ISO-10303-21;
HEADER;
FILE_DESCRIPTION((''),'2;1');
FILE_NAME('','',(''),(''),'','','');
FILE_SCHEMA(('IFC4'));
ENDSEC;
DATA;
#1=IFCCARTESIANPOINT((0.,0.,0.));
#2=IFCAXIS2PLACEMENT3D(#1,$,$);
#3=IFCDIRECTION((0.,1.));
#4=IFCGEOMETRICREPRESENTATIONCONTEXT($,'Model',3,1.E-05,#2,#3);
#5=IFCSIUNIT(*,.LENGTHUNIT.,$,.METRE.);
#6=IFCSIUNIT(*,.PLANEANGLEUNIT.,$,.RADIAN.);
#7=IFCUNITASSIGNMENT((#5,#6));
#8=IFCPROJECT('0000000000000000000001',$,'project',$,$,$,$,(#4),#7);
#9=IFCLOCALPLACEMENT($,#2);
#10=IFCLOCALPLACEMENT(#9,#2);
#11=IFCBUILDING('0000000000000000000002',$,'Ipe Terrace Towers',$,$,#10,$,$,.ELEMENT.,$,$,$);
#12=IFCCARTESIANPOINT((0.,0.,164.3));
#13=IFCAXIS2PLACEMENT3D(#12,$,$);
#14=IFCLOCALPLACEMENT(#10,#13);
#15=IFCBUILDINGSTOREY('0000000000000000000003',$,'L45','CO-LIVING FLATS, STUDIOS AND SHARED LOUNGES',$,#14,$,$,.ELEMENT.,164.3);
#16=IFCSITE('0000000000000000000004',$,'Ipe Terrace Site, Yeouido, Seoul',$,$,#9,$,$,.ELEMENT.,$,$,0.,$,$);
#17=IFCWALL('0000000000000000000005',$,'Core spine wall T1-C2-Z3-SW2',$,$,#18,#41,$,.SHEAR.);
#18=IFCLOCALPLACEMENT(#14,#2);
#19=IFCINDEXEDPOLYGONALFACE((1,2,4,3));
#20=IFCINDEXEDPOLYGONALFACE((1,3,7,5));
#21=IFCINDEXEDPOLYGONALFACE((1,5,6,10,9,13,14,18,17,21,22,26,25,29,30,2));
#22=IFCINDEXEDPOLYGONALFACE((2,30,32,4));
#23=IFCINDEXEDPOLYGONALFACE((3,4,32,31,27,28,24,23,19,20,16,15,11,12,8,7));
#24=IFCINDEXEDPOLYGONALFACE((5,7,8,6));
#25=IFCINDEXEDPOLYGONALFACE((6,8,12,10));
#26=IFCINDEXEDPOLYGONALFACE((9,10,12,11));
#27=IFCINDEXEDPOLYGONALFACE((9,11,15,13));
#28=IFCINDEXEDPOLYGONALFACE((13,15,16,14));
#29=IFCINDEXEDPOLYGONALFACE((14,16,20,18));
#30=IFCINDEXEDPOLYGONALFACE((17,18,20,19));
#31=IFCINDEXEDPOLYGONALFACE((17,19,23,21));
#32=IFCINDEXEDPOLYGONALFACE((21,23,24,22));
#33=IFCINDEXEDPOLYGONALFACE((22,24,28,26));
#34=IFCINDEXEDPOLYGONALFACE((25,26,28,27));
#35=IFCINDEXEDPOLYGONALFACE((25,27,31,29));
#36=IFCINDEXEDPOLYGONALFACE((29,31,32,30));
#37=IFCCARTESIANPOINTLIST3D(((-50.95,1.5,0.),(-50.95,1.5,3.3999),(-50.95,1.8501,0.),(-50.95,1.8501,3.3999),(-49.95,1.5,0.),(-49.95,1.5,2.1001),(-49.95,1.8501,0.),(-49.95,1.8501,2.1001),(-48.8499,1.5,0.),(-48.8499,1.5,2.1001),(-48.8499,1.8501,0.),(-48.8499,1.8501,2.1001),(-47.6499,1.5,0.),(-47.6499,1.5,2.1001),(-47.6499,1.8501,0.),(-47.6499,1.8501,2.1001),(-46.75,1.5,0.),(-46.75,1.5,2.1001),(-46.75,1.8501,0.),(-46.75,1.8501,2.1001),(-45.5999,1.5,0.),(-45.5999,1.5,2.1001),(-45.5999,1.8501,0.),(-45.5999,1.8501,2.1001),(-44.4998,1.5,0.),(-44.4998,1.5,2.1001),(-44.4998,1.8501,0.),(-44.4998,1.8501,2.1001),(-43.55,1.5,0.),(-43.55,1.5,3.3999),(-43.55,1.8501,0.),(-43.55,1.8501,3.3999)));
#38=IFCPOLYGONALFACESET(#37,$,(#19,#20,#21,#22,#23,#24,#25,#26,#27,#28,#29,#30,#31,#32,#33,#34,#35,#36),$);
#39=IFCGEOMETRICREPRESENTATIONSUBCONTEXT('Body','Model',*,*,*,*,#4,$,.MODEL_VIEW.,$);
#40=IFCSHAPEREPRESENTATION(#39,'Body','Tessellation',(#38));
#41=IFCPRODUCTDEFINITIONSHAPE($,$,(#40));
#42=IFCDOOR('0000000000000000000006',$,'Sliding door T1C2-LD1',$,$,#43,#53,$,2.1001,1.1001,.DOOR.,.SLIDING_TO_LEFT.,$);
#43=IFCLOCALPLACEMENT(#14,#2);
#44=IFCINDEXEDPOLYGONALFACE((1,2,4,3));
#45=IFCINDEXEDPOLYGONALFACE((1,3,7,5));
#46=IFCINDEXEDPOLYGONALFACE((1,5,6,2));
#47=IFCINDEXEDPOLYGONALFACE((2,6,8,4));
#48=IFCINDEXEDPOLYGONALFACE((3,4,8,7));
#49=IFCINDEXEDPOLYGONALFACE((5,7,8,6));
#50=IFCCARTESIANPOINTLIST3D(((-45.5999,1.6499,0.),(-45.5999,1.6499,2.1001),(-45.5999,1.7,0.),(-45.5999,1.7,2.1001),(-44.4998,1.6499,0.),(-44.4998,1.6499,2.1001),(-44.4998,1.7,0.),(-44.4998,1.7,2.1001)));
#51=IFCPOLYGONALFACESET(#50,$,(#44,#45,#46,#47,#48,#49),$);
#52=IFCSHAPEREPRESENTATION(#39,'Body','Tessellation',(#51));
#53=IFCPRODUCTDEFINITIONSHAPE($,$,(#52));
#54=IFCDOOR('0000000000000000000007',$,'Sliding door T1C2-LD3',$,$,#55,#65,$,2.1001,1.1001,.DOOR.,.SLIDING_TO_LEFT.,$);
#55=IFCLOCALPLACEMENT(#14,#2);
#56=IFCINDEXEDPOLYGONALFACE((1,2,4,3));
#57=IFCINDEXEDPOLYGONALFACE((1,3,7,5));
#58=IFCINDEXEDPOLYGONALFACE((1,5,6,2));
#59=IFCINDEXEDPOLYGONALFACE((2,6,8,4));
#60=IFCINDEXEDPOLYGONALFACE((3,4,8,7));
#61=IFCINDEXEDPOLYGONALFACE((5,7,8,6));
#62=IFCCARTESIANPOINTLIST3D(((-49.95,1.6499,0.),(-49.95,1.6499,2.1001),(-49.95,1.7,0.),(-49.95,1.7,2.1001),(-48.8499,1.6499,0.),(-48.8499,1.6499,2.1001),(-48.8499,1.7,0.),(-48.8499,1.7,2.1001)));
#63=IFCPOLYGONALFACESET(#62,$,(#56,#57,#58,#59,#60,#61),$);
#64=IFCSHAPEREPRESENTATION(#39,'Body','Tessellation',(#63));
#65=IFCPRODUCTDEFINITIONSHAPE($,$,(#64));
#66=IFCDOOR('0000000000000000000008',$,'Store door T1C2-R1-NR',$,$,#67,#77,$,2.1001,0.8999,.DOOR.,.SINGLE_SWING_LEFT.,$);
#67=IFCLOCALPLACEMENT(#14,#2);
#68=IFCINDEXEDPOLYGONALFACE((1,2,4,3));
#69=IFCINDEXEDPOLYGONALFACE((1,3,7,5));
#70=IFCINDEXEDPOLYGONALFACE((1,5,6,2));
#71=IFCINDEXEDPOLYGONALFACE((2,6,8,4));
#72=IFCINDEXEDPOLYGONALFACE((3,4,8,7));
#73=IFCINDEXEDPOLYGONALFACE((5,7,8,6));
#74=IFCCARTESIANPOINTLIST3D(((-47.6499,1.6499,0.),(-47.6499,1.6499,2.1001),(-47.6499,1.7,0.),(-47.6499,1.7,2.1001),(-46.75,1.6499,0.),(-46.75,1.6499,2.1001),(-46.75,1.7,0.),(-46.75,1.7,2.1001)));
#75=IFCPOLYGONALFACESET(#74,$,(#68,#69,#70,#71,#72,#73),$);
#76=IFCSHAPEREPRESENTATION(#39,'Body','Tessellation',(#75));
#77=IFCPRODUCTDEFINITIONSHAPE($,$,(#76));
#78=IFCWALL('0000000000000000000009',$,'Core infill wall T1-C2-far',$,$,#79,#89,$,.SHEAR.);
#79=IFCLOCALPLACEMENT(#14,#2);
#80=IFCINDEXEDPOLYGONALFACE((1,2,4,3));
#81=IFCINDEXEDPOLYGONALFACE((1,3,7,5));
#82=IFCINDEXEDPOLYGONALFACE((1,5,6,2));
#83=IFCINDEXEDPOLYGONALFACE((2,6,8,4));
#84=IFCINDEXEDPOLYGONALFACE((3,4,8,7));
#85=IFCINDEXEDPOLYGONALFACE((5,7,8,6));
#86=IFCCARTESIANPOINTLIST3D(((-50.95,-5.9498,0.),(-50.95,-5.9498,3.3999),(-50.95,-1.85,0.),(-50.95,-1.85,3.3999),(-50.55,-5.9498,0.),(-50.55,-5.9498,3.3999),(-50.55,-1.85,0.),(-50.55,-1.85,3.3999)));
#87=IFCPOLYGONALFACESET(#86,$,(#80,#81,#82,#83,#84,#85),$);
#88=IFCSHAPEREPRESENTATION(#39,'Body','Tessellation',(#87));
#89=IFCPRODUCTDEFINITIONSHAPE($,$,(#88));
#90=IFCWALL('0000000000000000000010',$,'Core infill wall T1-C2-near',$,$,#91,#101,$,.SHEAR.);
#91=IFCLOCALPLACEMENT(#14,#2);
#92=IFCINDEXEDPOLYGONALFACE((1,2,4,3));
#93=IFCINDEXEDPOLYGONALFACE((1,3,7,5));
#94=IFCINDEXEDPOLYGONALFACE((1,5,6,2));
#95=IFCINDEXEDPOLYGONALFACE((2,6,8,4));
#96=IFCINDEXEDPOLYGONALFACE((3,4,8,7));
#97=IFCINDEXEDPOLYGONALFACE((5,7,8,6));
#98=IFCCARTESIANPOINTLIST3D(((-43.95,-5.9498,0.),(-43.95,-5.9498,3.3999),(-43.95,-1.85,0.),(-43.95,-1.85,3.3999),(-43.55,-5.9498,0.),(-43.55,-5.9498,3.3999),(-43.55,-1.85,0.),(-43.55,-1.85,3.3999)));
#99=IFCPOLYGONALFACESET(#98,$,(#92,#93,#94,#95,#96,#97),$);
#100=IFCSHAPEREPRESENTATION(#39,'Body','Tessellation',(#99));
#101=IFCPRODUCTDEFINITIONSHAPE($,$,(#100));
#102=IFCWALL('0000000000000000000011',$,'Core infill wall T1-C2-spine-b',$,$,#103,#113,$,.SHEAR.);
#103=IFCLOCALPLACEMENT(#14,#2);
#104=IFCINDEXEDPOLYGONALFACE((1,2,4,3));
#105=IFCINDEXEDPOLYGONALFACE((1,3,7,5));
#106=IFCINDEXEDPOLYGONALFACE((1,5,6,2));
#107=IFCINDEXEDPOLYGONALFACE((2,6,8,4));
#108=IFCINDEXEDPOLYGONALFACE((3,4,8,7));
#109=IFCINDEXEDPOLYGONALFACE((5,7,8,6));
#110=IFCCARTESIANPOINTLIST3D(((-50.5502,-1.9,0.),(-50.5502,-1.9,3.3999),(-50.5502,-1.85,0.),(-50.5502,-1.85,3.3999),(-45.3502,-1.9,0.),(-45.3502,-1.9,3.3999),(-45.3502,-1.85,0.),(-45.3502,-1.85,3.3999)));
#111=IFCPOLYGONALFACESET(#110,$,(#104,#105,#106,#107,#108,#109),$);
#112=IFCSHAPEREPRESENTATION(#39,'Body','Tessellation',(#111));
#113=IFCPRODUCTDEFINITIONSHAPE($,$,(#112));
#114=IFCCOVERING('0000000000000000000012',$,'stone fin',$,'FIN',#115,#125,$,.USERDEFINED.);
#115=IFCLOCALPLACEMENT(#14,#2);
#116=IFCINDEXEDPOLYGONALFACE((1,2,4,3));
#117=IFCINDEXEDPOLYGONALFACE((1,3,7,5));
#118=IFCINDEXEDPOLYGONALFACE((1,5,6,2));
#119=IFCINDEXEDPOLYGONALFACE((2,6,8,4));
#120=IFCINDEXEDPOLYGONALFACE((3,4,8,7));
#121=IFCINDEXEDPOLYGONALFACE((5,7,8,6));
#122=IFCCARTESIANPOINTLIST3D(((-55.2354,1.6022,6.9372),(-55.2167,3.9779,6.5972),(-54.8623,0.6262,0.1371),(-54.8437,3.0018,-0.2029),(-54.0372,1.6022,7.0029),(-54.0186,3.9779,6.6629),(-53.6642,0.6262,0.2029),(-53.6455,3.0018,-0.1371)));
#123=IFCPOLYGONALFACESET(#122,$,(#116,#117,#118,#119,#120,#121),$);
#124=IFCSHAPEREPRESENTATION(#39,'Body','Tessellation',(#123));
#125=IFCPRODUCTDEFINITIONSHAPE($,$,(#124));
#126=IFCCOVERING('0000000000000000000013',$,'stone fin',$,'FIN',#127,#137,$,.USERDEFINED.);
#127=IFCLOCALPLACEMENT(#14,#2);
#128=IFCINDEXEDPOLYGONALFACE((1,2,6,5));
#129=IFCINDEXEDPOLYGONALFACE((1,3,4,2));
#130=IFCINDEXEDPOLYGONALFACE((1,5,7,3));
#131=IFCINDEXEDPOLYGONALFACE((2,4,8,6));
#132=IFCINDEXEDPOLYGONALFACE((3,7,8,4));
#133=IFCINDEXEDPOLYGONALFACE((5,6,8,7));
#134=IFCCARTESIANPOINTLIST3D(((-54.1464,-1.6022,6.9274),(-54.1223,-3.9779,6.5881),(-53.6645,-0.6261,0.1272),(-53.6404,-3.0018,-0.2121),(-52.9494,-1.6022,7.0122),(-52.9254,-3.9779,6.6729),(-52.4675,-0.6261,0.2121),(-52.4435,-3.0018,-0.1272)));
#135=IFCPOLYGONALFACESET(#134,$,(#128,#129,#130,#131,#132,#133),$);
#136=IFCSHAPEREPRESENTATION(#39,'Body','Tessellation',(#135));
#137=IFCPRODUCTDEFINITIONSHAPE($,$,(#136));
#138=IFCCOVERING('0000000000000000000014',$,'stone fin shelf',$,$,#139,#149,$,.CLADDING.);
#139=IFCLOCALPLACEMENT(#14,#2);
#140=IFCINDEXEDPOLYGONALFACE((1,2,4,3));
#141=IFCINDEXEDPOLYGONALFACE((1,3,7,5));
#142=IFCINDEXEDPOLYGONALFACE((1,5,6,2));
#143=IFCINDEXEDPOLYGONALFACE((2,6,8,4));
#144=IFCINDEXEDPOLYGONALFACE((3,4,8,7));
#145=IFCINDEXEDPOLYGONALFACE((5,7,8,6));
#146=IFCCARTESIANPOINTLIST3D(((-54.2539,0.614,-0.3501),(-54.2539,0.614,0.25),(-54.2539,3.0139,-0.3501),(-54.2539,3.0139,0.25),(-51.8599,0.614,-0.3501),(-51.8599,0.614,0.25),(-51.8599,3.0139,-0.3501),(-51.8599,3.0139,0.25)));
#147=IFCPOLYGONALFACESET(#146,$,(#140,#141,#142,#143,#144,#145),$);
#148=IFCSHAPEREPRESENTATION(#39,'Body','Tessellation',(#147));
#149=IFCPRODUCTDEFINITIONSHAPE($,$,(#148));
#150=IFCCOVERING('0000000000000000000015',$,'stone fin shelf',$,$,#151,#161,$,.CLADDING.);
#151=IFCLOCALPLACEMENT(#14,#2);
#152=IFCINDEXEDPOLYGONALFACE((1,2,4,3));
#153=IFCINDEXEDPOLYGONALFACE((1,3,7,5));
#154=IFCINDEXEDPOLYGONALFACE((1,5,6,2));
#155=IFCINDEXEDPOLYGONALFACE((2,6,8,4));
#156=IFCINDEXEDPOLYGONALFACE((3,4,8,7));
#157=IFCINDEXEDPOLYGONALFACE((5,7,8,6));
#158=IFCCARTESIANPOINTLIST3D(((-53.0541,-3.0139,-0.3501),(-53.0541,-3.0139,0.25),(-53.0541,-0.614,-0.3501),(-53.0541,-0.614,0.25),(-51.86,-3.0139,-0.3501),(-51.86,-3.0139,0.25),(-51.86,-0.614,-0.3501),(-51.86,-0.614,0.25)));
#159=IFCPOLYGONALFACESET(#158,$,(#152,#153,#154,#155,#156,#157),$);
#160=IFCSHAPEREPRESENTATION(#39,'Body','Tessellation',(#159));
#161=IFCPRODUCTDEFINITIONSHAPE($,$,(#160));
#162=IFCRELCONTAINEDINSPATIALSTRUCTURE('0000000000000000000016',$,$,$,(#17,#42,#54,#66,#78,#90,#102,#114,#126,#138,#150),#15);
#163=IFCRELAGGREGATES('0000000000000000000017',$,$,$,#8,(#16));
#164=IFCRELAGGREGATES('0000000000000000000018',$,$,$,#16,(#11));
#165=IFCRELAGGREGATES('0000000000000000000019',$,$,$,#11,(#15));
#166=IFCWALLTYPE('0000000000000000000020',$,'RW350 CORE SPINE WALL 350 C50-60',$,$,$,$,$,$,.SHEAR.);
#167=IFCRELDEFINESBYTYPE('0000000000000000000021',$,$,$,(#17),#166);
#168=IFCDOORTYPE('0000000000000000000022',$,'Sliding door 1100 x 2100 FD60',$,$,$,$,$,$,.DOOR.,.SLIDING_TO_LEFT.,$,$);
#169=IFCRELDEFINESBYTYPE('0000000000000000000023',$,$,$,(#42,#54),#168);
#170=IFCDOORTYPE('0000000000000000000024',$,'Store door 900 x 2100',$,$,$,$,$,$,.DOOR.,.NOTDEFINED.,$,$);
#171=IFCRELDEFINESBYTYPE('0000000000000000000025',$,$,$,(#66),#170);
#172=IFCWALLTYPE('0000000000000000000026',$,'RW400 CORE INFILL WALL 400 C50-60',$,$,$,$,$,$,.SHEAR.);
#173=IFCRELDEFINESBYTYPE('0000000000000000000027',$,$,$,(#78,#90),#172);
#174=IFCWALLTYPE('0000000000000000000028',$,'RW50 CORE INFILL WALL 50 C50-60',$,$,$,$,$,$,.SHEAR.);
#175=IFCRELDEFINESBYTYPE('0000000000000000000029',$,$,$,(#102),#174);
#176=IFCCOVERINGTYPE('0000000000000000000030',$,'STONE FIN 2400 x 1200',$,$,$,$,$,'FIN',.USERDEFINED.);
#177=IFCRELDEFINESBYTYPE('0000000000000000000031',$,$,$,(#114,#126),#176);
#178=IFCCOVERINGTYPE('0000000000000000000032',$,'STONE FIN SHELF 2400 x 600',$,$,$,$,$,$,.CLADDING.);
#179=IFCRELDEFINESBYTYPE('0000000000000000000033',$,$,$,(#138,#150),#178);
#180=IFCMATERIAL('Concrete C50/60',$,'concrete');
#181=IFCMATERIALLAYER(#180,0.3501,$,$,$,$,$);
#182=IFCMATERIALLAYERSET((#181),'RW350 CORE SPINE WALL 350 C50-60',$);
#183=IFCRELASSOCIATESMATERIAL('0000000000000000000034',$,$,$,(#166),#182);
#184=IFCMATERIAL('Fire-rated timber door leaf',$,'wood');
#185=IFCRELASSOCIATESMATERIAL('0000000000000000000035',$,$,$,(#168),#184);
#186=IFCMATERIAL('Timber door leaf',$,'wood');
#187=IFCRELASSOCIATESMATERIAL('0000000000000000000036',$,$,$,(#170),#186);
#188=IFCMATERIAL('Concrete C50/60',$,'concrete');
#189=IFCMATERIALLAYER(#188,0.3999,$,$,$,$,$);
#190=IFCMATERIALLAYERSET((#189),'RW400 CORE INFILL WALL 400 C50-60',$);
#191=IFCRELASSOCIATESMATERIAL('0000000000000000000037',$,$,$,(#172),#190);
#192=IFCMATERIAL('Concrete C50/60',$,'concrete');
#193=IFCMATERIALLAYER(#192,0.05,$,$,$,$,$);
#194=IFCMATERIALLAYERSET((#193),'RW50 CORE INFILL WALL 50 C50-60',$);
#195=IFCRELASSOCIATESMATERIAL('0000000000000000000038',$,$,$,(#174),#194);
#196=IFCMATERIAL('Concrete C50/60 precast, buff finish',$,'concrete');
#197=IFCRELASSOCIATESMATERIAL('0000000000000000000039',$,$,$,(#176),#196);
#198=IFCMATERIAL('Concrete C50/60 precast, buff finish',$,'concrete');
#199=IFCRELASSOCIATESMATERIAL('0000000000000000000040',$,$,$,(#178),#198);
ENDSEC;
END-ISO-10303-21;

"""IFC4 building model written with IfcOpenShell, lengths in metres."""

from ifc_helpers import new_model, si_unit, direction, frame, frame_2d, origin, origin_2d, place, context, subcontext, project, spatial, rectangle, extrude, material, layer, layer_set, material_profile, profile_set, type_object, element, fill, save


model = new_model("IFC4")

# Units and contexts
model_context = context("Model", 3, precision=1e-05, world=origin(), true_north=direction((0.0, 1.0)))
body_context = subcontext(model_context, "Body", "Model", "MODEL_VIEW")
ifc_project = project(units=[si_unit("LENGTHUNIT", "METRE"), si_unit("PLANEANGLEUNIT", "RADIAN")], contexts=[model_context])

# Site, building, storey
site_placement = place(None, origin())
site = spatial("IfcSite", under=ifc_project, at=site_placement, Name="Ipe Terrace Site, Yeouido, Seoul", CompositionType="ELEMENT", RefElevation=0.0)
building_placement = place(site_placement, origin())
building = spatial("IfcBuilding", under=site, at=building_placement, Name="Ipe Terrace Towers", CompositionType="ELEMENT")
storey_placement = place(building_placement, frame((0.0, 0.0, 164.3)))
storey = spatial("IfcBuildingStorey", under=building, at=storey_placement, Name="L45", Description="CO-LIVING FLATS, STUDIOS AND SHARED LOUNGES", CompositionType="ELEMENT", Elevation=164.3)

# Shared definitions
ifc_material_1 = material(Name="Concrete C50/60", Category="concrete")
ifc_layer_1 = layer(ifc_material_1, 0.3501)
ifc_layer_set_1 = layer_set([ifc_layer_1], Name="RW350 CORE SPINE WALL 350 C50-60")
wall_type_1 = type_object("IfcWallType", Name="RW350 CORE SPINE WALL 350 C50-60", PredefinedType="SHEAR", material=ifc_layer_set_1)

# Wall, openings, doors
wall_1_placement = place(storey_placement, frame((-50.95, 1.675, 0.0), z_axis=(0.0, 0.0, 1.0), x_axis=(1.0, 0.0, 0.0)))
wall_1 = element("IfcWall", 1, at=wall_1_placement, inside=storey, type_object=wall_type_1, Name="Core spine wall T1-C2-Z3-SW2", PredefinedType="SHEAR", context=body_context, shape_type="SweptSolid", body=[
    extrude(rectangle(XDim=7.3999, YDim=0.3501, at=frame_2d((3.7, 0.0))), origin(), (0.0, 0.0, 1.0), 3.3999),
])
opening_1_placement = place(wall_1_placement, frame((5.3501, 0.0, 0.0)))
opening_1 = element("IfcOpeningElement", 2, at=opening_1_placement, cuts=wall_1, PredefinedType="OPENING", context=body_context, shape_type="SweptSolid", body=[
    extrude(rectangle(XDim=1.1001, YDim=2.1001, at=frame_2d((0.55, 1.05))), frame((0.0, 0.1851, 0.0), z_axis=(0.0, -1.0, 0.0), x_axis=(1.0, 0.0, 0.0)), (0.0, 0.0, 1.0), 0.3701),
])
opening_2_placement = place(wall_1_placement, frame((1.0, 0.0, 0.0)))
opening_2 = element("IfcOpeningElement", 3, at=opening_2_placement, cuts=wall_1, PredefinedType="OPENING", context=body_context, shape_type="SweptSolid", body=[
    extrude(rectangle(XDim=1.1001, YDim=2.1001, at=frame_2d((0.55, 1.05))), frame((0.0, 0.1851, 0.0), z_axis=(0.0, -1.0, 0.0), x_axis=(1.0, 0.0, 0.0)), (0.0, 0.0, 1.0), 0.3701),
])
opening_3_placement = place(wall_1_placement, frame((3.3, 0.0, 0.0)))
opening_3 = element("IfcOpeningElement", 4, at=opening_3_placement, cuts=wall_1, PredefinedType="OPENING", context=body_context, shape_type="SweptSolid", body=[
    extrude(rectangle(XDim=0.8999, YDim=2.1001, at=frame_2d((0.45, 1.05))), frame((0.0, 0.1851, 0.0), z_axis=(0.0, -1.0, 0.0), x_axis=(1.0, 0.0, 0.0)), (0.0, 0.0, 1.0), 0.3701),
])
ifc_material_2 = material(Name="Fire-rated timber door leaf", Category="wood")
door_type_1 = type_object("IfcDoorType", Name="Sliding door 1100 x 2100 FD60", OperationType="SLIDING_TO_LEFT", PredefinedType="DOOR", material=ifc_material_2)
door_1_placement = place(opening_1_placement, origin())
door_1 = element("IfcDoor", 5, at=door_1_placement, inside=storey, type_object=door_type_1, Name="Sliding door T1C2-LD1", OperationType="SLIDING_TO_LEFT", OverallHeight=2.1001, OverallWidth=1.1001, PredefinedType="DOOR", context=body_context, shape_type="SweptSolid", body=[
    extrude(rectangle(XDim=1.1001, YDim=2.1001, at=frame_2d((0.55, 1.05))), frame((0.0, 0.0249, 0.0), z_axis=(0.0, -1.0, 0.0), x_axis=(1.0, 0.0, 0.0)), (0.0, 0.0, 1.0), 0.05),
])
fill(opening_1, door_1)
door_2_placement = place(opening_2_placement, origin())
door_2 = element("IfcDoor", 6, at=door_2_placement, inside=storey, type_object=door_type_1, Name="Sliding door T1C2-LD3", OperationType="SLIDING_TO_LEFT", OverallHeight=2.1001, OverallWidth=1.1001, PredefinedType="DOOR", context=body_context, shape_type="SweptSolid", body=[
    extrude(rectangle(XDim=1.1001, YDim=2.1001, at=frame_2d((0.55, 1.05))), frame((0.0, 0.0249, 0.0), z_axis=(0.0, -1.0, 0.0), x_axis=(1.0, 0.0, 0.0)), (0.0, 0.0, 1.0), 0.05),
])
fill(opening_2, door_2)
ifc_material_3 = material(Name="Timber door leaf", Category="wood")
door_type_2 = type_object("IfcDoorType", Name="Store door 900 x 2100", OperationType="NOTDEFINED", PredefinedType="DOOR", material=ifc_material_3)
door_3_placement = place(opening_3_placement, origin())
door_3 = element("IfcDoor", 7, at=door_3_placement, inside=storey, type_object=door_type_2, Name="Store door T1C2-R1-NR", OperationType="SINGLE_SWING_LEFT", OverallHeight=2.1001, OverallWidth=0.8999, PredefinedType="DOOR", context=body_context, shape_type="SweptSolid", body=[
    extrude(rectangle(XDim=0.8999, YDim=2.1001, at=frame_2d((0.45, 1.05))), frame((0.0, 0.0249, 0.0), z_axis=(0.0, -1.0, 0.0), x_axis=(1.0, 0.0, 0.0)), (0.0, 0.0, 1.0), 0.05),
])
fill(opening_3, door_3)

# Walls
ifc_material_4 = material(Name="Concrete C50/60", Category="concrete")
ifc_layer_2 = layer(ifc_material_4, 0.3999)
ifc_layer_set_2 = layer_set([ifc_layer_2], Name="RW400 CORE INFILL WALL 400 C50-60")
wall_type_2 = type_object("IfcWallType", Name="RW400 CORE INFILL WALL 400 C50-60", PredefinedType="SHEAR", material=ifc_layer_set_2)
for number, where, z_axis, x_axis, name in (
    (8, (-50.75, -1.8501, 0.0), (0.0, 0.0, 1.0), (0.0, -1.0, 0.0), "Core infill wall T1-C2-far"),
    (9, (-43.75, -1.8501, 0.0), (0.0, 0.0, 1.0), (0.0, -1.0, 0.0), "Core infill wall T1-C2-near"),
):
    element("IfcWall", number, at=place(storey_placement, frame(where, z_axis=z_axis, x_axis=x_axis)), inside=storey, type_object=wall_type_2, Name=name, PredefinedType="SHEAR", context=body_context, shape_type="SweptSolid", body=[
        extrude(rectangle(XDim=4.0999, YDim=0.3999, at=frame_2d((2.0498, 0.0))), origin(), (0.0, 0.0, 1.0), 3.3999),
    ])
ifc_material_5 = material(Name="Concrete C50/60", Category="concrete")
ifc_layer_3 = layer(ifc_material_5, 0.05)
ifc_layer_set_3 = layer_set([ifc_layer_3], Name="RW50 CORE INFILL WALL 50 C50-60")
wall_type_3 = type_object("IfcWallType", Name="RW50 CORE INFILL WALL 50 C50-60", PredefinedType="SHEAR", material=ifc_layer_set_3)
wall_2_placement = place(storey_placement, frame((-45.3501, -1.875, 0.0), z_axis=(0.0, 0.0, 1.0), x_axis=(-1.0, 0.0, 0.0)))
element("IfcWall", 10, at=wall_2_placement, inside=storey, type_object=wall_type_3, Name="Core infill wall T1-C2-spine-b", PredefinedType="SHEAR", context=body_context, shape_type="SweptSolid", body=[
    extrude(rectangle(XDim=5.2, YDim=0.05, at=frame_2d((2.6001, 0.0))), origin(), (0.0, 0.0, 1.0), 3.3999),
])

# Coverings
ifc_material_6 = material(Name="Concrete C50/60 precast, buff finish", Category="concrete")
ifc_material_profile = material_profile(ifc_material_6, rectangle(XDim=2.3999, YDim=1.2, at=origin_2d()), Name="STONE FIN 2400 x 1200")
ifc_profile_set = profile_set([ifc_material_profile], Name="Concrete C50/60 precast, buff finish")
covering_type_1 = type_object("IfcCoveringType", Name="STONE FIN 2400 x 1200", ElementType="FIN", PredefinedType="USERDEFINED", material=ifc_profile_set)
covering_1_placement = place(storey_placement, frame((-54.2539, 1.814, 0.0), z_axis=(-0.054223, 0.141874, 0.988399), x_axis=(-0.007771, -0.989885, 0.141661)))
element("IfcCovering", 11, at=covering_1_placement, inside=storey, type_object=covering_type_1, Name="stone fin", ObjectType="FIN", PredefinedType="USERDEFINED", context=body_context, shape_type="SweptSolid", body=[
    extrude(rectangle(XDim=2.3999, YDim=1.2, at=origin_2d()), origin(), (0.0, 0.0, 1.0), 6.8799),
])
covering_2_placement = place(storey_placement, frame((-53.054, -1.814, 0.0), z_axis=(-0.069981, -0.141735, 0.987428), x_axis=(0.01002, -0.989905, -0.14138)))
element("IfcCovering", 12, at=covering_2_placement, inside=storey, type_object=covering_type_1, Name="stone fin", ObjectType="FIN", PredefinedType="USERDEFINED", context=body_context, shape_type="SweptSolid", body=[
    extrude(rectangle(XDim=2.3999, YDim=1.2, at=origin_2d()), origin(), (0.0, 0.0, 1.0), 6.8867),
])
ifc_material_7 = material(Name="Concrete C50/60 precast, buff finish", Category="concrete")
covering_type_2 = type_object("IfcCoveringType", Name="STONE FIN SHELF 2400 x 600", PredefinedType="CLADDING", material=ifc_material_7)
covering_3_placement = place(storey_placement, frame((-53.0569, 1.814, -0.3501), z_axis=(0.0, 0.0, 1.0), x_axis=(0.0, -1.0, 0.0)))
element("IfcCovering", 13, at=covering_3_placement, inside=storey, type_object=covering_type_2, Name="stone fin shelf", PredefinedType="CLADDING", context=body_context, shape_type="SweptSolid", body=[
    extrude(rectangle(XDim=2.3999, YDim=2.394, at=origin_2d()), origin(), (0.0, 0.0, 1.0), 0.6001),
])
covering_4_placement = place(storey_placement, frame((-52.457, -1.814, -0.3501), z_axis=(0.0, 0.0, 1.0), x_axis=(0.0, -1.0, 0.0)))
element("IfcCovering", 14, at=covering_4_placement, inside=storey, type_object=covering_type_2, Name="stone fin shelf", PredefinedType="CLADDING", context=body_context, shape_type="SweptSolid", body=[
    extrude(rectangle(XDim=2.3999, YDim=1.1941, at=origin_2d()), origin(), (0.0, 0.0, 1.0), 0.6001),
])

save(model, "model.ifc")
